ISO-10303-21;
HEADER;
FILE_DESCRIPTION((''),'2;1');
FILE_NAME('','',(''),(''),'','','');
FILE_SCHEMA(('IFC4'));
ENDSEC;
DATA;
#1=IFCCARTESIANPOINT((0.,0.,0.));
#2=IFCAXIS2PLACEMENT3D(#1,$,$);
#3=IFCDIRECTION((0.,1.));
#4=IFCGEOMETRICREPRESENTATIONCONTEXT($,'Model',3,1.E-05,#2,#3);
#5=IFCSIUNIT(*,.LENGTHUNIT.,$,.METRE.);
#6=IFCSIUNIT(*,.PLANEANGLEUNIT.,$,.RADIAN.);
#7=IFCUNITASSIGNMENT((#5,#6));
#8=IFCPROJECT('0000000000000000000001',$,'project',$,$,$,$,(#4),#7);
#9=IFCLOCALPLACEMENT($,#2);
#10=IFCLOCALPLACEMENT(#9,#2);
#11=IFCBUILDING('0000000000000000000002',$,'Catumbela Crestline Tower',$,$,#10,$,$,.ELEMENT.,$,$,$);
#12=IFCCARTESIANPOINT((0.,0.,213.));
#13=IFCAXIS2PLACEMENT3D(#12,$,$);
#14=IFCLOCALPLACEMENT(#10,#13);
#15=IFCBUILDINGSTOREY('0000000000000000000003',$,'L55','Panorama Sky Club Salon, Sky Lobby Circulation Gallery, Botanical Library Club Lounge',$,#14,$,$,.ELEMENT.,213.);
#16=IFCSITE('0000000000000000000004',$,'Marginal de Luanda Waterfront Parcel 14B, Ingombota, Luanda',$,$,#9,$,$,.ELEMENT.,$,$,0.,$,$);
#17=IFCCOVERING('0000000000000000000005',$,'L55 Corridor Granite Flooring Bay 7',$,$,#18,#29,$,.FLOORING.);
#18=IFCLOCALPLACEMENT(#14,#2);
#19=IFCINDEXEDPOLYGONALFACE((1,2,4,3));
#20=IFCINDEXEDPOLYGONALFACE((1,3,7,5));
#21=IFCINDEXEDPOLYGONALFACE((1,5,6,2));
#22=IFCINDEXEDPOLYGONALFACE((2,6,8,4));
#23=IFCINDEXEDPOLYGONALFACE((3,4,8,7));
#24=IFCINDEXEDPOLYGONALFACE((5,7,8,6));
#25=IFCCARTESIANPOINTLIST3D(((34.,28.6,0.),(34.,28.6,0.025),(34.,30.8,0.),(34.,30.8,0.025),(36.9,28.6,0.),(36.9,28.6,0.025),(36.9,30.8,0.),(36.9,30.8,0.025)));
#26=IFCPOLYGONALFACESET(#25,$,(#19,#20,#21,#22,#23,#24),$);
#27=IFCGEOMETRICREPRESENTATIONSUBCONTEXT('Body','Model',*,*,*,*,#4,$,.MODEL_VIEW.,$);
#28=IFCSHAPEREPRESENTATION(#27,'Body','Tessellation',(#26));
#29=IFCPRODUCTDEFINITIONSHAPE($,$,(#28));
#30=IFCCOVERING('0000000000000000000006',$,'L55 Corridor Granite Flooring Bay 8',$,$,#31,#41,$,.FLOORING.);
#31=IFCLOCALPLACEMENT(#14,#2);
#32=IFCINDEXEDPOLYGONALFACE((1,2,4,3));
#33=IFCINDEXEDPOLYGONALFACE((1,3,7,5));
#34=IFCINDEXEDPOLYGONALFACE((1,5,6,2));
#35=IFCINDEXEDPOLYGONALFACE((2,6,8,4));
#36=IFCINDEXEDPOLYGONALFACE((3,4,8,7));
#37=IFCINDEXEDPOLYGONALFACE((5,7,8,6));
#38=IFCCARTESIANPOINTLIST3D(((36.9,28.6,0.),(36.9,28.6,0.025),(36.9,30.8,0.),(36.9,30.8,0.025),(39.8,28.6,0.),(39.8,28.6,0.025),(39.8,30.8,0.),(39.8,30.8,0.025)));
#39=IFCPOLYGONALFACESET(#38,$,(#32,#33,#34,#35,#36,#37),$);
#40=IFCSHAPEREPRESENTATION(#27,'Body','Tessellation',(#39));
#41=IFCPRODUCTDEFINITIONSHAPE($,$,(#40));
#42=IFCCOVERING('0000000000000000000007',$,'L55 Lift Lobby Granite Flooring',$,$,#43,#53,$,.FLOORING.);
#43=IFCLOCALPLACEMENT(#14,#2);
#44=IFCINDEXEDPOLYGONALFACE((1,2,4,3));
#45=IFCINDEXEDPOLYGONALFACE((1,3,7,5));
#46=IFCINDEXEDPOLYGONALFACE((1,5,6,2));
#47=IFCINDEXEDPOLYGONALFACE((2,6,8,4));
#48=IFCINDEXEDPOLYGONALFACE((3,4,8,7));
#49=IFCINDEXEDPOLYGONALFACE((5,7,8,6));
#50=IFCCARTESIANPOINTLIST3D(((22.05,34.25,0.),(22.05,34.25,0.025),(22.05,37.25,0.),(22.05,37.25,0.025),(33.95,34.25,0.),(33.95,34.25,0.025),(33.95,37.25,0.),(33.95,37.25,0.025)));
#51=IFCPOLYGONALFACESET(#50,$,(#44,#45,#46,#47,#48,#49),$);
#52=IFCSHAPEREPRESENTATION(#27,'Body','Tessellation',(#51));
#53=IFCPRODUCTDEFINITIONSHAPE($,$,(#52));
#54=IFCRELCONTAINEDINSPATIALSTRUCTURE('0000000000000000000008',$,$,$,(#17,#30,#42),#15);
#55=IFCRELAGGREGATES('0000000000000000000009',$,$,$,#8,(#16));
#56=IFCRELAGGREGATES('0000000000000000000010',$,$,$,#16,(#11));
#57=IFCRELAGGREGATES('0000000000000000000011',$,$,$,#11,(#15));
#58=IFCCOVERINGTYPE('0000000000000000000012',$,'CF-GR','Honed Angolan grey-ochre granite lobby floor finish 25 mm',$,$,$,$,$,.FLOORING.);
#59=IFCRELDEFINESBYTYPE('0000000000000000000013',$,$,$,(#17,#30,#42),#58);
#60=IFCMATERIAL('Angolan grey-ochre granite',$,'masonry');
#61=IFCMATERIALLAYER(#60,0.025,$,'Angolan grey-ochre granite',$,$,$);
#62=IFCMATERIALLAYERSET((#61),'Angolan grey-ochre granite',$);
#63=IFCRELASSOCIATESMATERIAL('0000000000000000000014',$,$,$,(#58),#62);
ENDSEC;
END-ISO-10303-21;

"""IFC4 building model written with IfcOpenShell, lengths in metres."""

from ifc_helpers import new_model, si_unit, direction, frame, origin, place, context, subcontext, project, spatial, polyline, outline, extrude, material, layer, layer_set, type_object, element, save


model = new_model("IFC4")

# Units and contexts
model_context = context("Model", 3, precision=1e-05, world=origin(), true_north=direction((0.0, 1.0)))
body_context = subcontext(model_context, "Body", "Model", "MODEL_VIEW")
ifc_project = project(units=[si_unit("LENGTHUNIT", "METRE"), si_unit("PLANEANGLEUNIT", "RADIAN")], contexts=[model_context])

# Site, building, storey
site_placement = place(None, origin())
site = spatial("IfcSite", under=ifc_project, at=site_placement, Name="Marginal de Luanda Waterfront Parcel 14B, Ingombota, Luanda", CompositionType="ELEMENT", RefElevation=0.0)
building_placement = place(site_placement, origin())
building = spatial("IfcBuilding", under=site, at=building_placement, Name="Catumbela Crestline Tower", CompositionType="ELEMENT")
storey_placement = place(building_placement, frame((0.0, 0.0, 213.0)))
storey = spatial("IfcBuildingStorey", under=building, at=storey_placement, Name="L55", Description="Panorama Sky Club Salon, Sky Lobby Circulation Gallery, Botanical Library Club Lounge", CompositionType="ELEMENT", Elevation=213.0)

# Shared definitions
ifc_material_1 = material(Name="Angolan grey-ochre granite", Category="masonry")

# Coverings
ifc_layer_1 = layer(ifc_material_1, 0.025, Name="Angolan grey-ochre granite")
ifc_layer_set_1 = layer_set([ifc_layer_1], Name="Angolan grey-ochre granite")
covering_type_1 = type_object("IfcCoveringType", Name="CF-GR", Description="Honed Angolan grey-ochre granite lobby floor finish 25 mm", PredefinedType="FLOORING", material=ifc_layer_set_1)
covering_1_placement = place(storey_placement, origin())
element("IfcCovering", 1, at=covering_1_placement, inside=storey, type_object=covering_type_1, Name="L55 Corridor Granite Flooring Bay 7", PredefinedType="FLOORING", context=body_context, shape_type="SweptSolid", body=[
    extrude(outline(polyline([(34.0, 28.6), (36.9, 28.6), (36.9, 30.8), (34.0, 30.8), (34.0, 28.6)])), origin(), (0.0, 0.0, 1.0), 0.025),
])
covering_2_placement = place(storey_placement, origin())
element("IfcCovering", 2, at=covering_2_placement, inside=storey, type_object=covering_type_1, Name="L55 Corridor Granite Flooring Bay 8", PredefinedType="FLOORING", context=body_context, shape_type="SweptSolid", body=[
    extrude(outline(polyline([(36.9, 28.6), (39.8, 28.6), (39.8, 30.8), (36.9, 30.8), (36.9, 28.6)])), origin(), (0.0, 0.0, 1.0), 0.025),
])
covering_3_placement = place(storey_placement, origin())
element("IfcCovering", 3, at=covering_3_placement, inside=storey, type_object=covering_type_1, Name="L55 Lift Lobby Granite Flooring", PredefinedType="FLOORING", context=body_context, shape_type="SweptSolid", body=[
    extrude(outline(polyline([(22.05, 34.25), (33.95, 34.25), (33.95, 37.25), (22.05, 37.25), (22.05, 34.25)])), origin(), (0.0, 0.0, 1.0), 0.025),
])

save(model, "model.ifc")
